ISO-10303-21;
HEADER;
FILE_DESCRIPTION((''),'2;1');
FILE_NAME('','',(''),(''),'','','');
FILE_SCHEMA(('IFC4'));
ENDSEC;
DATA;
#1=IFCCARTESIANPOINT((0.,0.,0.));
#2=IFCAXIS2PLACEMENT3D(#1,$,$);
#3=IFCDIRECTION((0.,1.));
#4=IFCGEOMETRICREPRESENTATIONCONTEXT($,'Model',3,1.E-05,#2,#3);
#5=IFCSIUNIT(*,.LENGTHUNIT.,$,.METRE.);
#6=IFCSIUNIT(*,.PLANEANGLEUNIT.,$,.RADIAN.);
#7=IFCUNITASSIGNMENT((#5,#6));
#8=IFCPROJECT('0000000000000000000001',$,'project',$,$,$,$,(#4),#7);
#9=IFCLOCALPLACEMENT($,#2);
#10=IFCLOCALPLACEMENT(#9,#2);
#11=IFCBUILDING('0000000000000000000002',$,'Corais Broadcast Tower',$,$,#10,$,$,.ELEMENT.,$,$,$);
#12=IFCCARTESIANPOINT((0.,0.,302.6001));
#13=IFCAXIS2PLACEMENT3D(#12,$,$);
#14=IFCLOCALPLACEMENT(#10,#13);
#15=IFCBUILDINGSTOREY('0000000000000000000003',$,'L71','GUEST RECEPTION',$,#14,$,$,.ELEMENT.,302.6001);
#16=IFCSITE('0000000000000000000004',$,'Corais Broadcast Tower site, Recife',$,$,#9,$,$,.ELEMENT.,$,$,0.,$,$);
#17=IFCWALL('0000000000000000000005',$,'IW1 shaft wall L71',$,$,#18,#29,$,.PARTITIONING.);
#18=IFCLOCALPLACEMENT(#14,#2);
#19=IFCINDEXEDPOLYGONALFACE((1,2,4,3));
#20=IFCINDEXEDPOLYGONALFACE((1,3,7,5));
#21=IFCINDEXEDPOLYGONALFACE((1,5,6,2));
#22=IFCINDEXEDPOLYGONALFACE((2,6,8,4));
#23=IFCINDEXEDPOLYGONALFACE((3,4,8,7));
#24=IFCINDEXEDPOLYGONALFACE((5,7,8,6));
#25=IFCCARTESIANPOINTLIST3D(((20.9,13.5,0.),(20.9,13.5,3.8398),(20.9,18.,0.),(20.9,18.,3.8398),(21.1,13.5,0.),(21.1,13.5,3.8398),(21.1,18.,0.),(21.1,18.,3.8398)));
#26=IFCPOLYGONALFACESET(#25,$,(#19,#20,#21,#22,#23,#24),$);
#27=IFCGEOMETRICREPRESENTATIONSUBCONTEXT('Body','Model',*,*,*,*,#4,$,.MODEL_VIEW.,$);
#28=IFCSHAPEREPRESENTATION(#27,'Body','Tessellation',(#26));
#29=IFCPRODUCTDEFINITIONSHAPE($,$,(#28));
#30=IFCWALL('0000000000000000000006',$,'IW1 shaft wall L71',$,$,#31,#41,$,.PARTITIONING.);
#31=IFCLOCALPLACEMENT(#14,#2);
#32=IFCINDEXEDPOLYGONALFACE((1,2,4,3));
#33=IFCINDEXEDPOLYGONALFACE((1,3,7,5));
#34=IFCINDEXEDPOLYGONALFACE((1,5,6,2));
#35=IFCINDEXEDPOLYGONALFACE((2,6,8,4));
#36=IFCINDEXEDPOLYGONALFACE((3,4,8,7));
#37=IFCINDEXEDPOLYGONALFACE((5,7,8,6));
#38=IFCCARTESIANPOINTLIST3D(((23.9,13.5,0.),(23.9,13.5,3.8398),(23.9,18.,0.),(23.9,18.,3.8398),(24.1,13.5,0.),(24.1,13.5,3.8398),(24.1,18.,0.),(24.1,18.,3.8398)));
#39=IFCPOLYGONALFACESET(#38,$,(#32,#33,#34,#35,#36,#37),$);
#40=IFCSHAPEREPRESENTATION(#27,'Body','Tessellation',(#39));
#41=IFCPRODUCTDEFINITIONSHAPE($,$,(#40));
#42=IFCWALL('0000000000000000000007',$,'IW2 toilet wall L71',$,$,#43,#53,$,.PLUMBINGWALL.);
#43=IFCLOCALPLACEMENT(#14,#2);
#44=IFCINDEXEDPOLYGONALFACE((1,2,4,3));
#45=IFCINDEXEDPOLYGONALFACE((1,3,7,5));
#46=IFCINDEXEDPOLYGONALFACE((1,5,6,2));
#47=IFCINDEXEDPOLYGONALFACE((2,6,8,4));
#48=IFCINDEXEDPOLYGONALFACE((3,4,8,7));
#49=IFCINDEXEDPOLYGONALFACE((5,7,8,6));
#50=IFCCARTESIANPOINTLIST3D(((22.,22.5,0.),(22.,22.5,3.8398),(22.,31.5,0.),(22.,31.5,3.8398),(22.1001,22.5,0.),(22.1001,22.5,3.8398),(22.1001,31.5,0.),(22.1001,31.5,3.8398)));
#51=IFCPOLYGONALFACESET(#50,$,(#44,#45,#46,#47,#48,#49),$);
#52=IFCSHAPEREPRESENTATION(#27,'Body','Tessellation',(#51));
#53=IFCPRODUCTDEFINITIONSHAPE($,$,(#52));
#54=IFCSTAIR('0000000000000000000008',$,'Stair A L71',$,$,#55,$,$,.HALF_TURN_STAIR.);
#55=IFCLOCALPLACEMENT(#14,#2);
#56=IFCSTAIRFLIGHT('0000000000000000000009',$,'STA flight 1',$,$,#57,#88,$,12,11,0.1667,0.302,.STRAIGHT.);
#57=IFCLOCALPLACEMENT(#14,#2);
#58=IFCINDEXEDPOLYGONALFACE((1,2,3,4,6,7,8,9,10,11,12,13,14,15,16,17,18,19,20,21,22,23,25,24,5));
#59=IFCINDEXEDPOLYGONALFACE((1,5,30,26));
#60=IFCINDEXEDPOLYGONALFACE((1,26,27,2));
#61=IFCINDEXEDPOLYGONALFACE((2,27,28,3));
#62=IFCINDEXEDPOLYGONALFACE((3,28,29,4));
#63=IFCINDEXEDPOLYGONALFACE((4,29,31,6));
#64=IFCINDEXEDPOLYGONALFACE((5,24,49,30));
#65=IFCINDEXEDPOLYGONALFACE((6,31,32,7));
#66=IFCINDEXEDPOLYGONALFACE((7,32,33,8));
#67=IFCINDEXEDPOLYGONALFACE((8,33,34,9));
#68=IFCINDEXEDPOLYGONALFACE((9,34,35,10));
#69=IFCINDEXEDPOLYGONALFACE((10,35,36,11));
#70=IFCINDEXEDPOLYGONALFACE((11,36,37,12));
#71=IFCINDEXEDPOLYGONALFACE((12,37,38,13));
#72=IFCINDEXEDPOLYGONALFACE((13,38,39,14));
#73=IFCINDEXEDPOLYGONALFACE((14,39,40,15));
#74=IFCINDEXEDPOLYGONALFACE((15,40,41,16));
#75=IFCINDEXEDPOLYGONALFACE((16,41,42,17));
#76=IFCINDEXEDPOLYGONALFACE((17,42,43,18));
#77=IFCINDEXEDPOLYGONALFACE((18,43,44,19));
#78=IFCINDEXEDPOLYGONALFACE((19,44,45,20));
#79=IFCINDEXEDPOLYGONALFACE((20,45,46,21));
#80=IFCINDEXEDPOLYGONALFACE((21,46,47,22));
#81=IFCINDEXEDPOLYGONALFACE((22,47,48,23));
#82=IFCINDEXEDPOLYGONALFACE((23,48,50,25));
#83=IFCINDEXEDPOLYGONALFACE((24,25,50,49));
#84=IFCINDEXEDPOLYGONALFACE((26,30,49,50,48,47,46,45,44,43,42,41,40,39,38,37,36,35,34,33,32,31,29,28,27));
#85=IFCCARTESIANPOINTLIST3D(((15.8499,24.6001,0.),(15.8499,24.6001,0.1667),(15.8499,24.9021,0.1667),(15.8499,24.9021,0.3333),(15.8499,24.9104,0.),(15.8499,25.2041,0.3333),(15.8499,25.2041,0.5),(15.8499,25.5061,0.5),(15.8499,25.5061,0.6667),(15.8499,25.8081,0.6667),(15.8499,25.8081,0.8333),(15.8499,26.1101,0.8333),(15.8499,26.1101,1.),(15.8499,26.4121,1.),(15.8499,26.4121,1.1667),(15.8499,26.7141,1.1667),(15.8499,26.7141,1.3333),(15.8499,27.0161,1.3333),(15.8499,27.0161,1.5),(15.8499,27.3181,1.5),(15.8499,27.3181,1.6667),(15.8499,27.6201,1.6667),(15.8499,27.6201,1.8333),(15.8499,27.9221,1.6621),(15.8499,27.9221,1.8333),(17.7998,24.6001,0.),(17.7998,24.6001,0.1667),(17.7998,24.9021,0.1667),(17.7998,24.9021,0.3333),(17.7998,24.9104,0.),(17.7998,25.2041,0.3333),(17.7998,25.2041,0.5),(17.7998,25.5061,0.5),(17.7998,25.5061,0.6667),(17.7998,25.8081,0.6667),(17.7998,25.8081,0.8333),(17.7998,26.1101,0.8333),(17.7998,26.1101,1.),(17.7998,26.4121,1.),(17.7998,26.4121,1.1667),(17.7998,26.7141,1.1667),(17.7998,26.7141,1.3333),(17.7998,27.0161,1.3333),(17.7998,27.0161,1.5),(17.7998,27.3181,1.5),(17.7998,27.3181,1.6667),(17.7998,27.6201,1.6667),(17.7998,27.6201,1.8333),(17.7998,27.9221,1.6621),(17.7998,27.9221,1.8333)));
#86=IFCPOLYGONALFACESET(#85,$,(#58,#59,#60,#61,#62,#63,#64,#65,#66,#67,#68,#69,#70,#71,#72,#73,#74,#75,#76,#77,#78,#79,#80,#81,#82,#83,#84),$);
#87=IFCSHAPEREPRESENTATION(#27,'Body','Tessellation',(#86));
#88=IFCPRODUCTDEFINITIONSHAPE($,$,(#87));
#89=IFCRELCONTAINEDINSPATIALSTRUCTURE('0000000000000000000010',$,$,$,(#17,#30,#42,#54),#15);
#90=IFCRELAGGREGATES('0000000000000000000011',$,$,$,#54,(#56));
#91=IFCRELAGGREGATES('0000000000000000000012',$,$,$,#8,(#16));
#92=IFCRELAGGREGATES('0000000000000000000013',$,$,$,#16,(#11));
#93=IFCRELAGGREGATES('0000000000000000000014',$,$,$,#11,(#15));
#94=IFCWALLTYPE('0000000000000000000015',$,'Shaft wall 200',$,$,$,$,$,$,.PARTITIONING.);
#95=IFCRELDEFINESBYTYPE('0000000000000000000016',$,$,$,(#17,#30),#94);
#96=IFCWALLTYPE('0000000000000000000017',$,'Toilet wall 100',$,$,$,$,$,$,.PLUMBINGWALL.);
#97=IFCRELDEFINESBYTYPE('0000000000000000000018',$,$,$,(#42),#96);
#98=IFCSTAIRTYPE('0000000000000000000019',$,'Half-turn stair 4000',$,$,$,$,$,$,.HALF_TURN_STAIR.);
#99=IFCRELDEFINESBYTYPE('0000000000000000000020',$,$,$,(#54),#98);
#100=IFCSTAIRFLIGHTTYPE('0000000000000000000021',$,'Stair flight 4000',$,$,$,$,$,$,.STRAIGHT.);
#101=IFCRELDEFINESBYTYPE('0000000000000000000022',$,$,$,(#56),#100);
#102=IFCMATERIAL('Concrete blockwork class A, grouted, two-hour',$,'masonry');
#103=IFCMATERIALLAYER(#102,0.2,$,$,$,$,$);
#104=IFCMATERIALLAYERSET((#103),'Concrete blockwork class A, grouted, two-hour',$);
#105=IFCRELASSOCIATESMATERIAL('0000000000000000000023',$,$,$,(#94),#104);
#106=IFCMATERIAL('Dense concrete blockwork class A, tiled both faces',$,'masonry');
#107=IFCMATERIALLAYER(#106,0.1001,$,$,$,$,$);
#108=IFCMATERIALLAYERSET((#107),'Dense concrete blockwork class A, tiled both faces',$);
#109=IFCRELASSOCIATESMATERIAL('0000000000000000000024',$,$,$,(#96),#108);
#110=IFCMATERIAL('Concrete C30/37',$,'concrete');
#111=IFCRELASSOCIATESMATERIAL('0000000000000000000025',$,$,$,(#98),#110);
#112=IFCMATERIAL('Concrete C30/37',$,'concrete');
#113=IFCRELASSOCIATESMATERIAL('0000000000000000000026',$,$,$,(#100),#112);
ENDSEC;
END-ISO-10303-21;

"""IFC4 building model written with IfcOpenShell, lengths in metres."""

from ifc_helpers import new_model, si_unit, direction, frame, frame_2d, origin, place, context, subcontext, project, spatial, polyline, rectangle, outline, extrude, material, layer, layer_set, type_object, element, aggregate, save


model = new_model("IFC4")

# Units and contexts
model_context = context("Model", 3, precision=1e-05, world=origin(), true_north=direction((0.0, 1.0)))
body_context = subcontext(model_context, "Body", "Model", "MODEL_VIEW")
ifc_project = project(units=[si_unit("LENGTHUNIT", "METRE"), si_unit("PLANEANGLEUNIT", "RADIAN")], contexts=[model_context])

# Site, building, storey
site_placement = place(None, origin())
site = spatial("IfcSite", under=ifc_project, at=site_placement, Name="Corais Broadcast Tower site, Recife", CompositionType="ELEMENT", RefElevation=0.0)
building_placement = place(site_placement, origin())
building = spatial("IfcBuilding", under=site, at=building_placement, Name="Corais Broadcast Tower", CompositionType="ELEMENT")
storey_placement = place(building_placement, frame((0.0, 0.0, 302.6001)))
storey = spatial("IfcBuildingStorey", under=building, at=storey_placement, Name="L71", Description="GUEST RECEPTION", CompositionType="ELEMENT", Elevation=302.6001)

# Walls
ifc_material_1 = material(Name="Concrete blockwork class A, grouted, two-hour", Category="masonry")
ifc_layer_1 = layer(ifc_material_1, 0.2)
ifc_layer_set_1 = layer_set([ifc_layer_1], Name="Concrete blockwork class A, grouted, two-hour")
wall_type_1 = type_object("IfcWallType", Name="Shaft wall 200", PredefinedType="PARTITIONING", material=ifc_layer_set_1)
for number, where, z_axis, x_axis, name in (
    (1, (21.0, 13.5, 0.0), (0.0, 0.0, 1.0), (0.0, 1.0, 0.0), "IW1 shaft wall L71"),
    (2, (24.0, 13.5, 0.0), (0.0, 0.0, 1.0), (0.0, 1.0, 0.0), "IW1 shaft wall L71"),
):
    element("IfcWall", number, at=place(storey_placement, frame(where, z_axis=z_axis, x_axis=x_axis)), inside=storey, type_object=wall_type_1, Name=name, PredefinedType="PARTITIONING", context=body_context, shape_type="SweptSolid", body=[
        extrude(rectangle(XDim=4.5, YDim=0.2, at=frame_2d((2.25, 0.0))), origin(), (0.0, 0.0, 1.0), 3.8398),
    ])
ifc_material_2 = material(Name="Dense concrete blockwork class A, tiled both faces", Category="masonry")
ifc_layer_2 = layer(ifc_material_2, 0.1001)
ifc_layer_set_2 = layer_set([ifc_layer_2], Name="Dense concrete blockwork class A, tiled both faces")
wall_type_2 = type_object("IfcWallType", Name="Toilet wall 100", PredefinedType="PLUMBINGWALL", material=ifc_layer_set_2)
wall_1_placement = place(storey_placement, frame((22.05, 22.5, 0.0), z_axis=(0.0, 0.0, 1.0), x_axis=(0.0, 1.0, 0.0)))
element("IfcWall", 3, at=wall_1_placement, inside=storey, type_object=wall_type_2, Name="IW2 toilet wall L71", PredefinedType="PLUMBINGWALL", context=body_context, shape_type="SweptSolid", body=[
    extrude(rectangle(XDim=9.0, YDim=0.1001, at=frame_2d((4.5, 0.0))), origin(), (0.0, 0.0, 1.0), 3.8398),
])

# Stair, stair flight
ifc_material_3 = material(Name="Concrete C30/37", Category="concrete")
stair_type = type_object("IfcStairType", Name="Half-turn stair 4000", PredefinedType="HALF_TURN_STAIR", material=ifc_material_3)
stair_placement = place(storey_placement, origin())
stair = element("IfcStair", 4, at=stair_placement, inside=storey, type_object=stair_type, Name="Stair A L71", PredefinedType="HALF_TURN_STAIR")
ifc_material_4 = material(Name="Concrete C30/37", Category="concrete")
stair_flight_type = type_object("IfcStairFlightType", Name="Stair flight 4000", PredefinedType="STRAIGHT", material=ifc_material_4)
stair_flight_placement = place(storey_placement, frame((16.825, 24.6001, 0.0), z_axis=(0.0, 0.0, 1.0), x_axis=(0.0, 1.0, 0.0)))
stair_flight = element("IfcStairFlight", 5, at=stair_flight_placement, type_object=stair_flight_type, Name="STA flight 1", NumberOfRisers=12, NumberOfTreads=11, PredefinedType="STRAIGHT", RiserHeight=0.1667, TreadLength=0.302, context=body_context, shape_type="SweptSolid", body=[
    extrude(outline(polyline([(0.0, 0.0), (0.0, 0.1667), (0.302, 0.1667), (0.302, 0.3333), (0.604, 0.3333), (0.604, 0.5), (0.906, 0.5), (0.906, 0.6667), (1.208, 0.6667), (1.208, 0.8333), (1.51, 0.8333), (1.51, 1.0), (1.812, 1.0), (1.812, 1.1667), (2.114, 1.1667), (2.114, 1.3333), (2.416, 1.3333), (2.416, 1.5), (2.718, 1.5), (2.718, 1.6667), (3.02, 1.6667), (3.02, 1.8333), (3.322, 1.8333), (3.322, 2.0), (3.322, 1.6621), (0.3103, 0.0), (0.0, 0.0)])), frame((0.0, 0.9751, 0.0), z_axis=(0.0, -1.0, 0.0), x_axis=(1.0, 0.0, 0.0)), (0.0, 0.0, 1.0), 1.95),
])
aggregate(stair, [stair_flight])

save(model, "model.ifc")
